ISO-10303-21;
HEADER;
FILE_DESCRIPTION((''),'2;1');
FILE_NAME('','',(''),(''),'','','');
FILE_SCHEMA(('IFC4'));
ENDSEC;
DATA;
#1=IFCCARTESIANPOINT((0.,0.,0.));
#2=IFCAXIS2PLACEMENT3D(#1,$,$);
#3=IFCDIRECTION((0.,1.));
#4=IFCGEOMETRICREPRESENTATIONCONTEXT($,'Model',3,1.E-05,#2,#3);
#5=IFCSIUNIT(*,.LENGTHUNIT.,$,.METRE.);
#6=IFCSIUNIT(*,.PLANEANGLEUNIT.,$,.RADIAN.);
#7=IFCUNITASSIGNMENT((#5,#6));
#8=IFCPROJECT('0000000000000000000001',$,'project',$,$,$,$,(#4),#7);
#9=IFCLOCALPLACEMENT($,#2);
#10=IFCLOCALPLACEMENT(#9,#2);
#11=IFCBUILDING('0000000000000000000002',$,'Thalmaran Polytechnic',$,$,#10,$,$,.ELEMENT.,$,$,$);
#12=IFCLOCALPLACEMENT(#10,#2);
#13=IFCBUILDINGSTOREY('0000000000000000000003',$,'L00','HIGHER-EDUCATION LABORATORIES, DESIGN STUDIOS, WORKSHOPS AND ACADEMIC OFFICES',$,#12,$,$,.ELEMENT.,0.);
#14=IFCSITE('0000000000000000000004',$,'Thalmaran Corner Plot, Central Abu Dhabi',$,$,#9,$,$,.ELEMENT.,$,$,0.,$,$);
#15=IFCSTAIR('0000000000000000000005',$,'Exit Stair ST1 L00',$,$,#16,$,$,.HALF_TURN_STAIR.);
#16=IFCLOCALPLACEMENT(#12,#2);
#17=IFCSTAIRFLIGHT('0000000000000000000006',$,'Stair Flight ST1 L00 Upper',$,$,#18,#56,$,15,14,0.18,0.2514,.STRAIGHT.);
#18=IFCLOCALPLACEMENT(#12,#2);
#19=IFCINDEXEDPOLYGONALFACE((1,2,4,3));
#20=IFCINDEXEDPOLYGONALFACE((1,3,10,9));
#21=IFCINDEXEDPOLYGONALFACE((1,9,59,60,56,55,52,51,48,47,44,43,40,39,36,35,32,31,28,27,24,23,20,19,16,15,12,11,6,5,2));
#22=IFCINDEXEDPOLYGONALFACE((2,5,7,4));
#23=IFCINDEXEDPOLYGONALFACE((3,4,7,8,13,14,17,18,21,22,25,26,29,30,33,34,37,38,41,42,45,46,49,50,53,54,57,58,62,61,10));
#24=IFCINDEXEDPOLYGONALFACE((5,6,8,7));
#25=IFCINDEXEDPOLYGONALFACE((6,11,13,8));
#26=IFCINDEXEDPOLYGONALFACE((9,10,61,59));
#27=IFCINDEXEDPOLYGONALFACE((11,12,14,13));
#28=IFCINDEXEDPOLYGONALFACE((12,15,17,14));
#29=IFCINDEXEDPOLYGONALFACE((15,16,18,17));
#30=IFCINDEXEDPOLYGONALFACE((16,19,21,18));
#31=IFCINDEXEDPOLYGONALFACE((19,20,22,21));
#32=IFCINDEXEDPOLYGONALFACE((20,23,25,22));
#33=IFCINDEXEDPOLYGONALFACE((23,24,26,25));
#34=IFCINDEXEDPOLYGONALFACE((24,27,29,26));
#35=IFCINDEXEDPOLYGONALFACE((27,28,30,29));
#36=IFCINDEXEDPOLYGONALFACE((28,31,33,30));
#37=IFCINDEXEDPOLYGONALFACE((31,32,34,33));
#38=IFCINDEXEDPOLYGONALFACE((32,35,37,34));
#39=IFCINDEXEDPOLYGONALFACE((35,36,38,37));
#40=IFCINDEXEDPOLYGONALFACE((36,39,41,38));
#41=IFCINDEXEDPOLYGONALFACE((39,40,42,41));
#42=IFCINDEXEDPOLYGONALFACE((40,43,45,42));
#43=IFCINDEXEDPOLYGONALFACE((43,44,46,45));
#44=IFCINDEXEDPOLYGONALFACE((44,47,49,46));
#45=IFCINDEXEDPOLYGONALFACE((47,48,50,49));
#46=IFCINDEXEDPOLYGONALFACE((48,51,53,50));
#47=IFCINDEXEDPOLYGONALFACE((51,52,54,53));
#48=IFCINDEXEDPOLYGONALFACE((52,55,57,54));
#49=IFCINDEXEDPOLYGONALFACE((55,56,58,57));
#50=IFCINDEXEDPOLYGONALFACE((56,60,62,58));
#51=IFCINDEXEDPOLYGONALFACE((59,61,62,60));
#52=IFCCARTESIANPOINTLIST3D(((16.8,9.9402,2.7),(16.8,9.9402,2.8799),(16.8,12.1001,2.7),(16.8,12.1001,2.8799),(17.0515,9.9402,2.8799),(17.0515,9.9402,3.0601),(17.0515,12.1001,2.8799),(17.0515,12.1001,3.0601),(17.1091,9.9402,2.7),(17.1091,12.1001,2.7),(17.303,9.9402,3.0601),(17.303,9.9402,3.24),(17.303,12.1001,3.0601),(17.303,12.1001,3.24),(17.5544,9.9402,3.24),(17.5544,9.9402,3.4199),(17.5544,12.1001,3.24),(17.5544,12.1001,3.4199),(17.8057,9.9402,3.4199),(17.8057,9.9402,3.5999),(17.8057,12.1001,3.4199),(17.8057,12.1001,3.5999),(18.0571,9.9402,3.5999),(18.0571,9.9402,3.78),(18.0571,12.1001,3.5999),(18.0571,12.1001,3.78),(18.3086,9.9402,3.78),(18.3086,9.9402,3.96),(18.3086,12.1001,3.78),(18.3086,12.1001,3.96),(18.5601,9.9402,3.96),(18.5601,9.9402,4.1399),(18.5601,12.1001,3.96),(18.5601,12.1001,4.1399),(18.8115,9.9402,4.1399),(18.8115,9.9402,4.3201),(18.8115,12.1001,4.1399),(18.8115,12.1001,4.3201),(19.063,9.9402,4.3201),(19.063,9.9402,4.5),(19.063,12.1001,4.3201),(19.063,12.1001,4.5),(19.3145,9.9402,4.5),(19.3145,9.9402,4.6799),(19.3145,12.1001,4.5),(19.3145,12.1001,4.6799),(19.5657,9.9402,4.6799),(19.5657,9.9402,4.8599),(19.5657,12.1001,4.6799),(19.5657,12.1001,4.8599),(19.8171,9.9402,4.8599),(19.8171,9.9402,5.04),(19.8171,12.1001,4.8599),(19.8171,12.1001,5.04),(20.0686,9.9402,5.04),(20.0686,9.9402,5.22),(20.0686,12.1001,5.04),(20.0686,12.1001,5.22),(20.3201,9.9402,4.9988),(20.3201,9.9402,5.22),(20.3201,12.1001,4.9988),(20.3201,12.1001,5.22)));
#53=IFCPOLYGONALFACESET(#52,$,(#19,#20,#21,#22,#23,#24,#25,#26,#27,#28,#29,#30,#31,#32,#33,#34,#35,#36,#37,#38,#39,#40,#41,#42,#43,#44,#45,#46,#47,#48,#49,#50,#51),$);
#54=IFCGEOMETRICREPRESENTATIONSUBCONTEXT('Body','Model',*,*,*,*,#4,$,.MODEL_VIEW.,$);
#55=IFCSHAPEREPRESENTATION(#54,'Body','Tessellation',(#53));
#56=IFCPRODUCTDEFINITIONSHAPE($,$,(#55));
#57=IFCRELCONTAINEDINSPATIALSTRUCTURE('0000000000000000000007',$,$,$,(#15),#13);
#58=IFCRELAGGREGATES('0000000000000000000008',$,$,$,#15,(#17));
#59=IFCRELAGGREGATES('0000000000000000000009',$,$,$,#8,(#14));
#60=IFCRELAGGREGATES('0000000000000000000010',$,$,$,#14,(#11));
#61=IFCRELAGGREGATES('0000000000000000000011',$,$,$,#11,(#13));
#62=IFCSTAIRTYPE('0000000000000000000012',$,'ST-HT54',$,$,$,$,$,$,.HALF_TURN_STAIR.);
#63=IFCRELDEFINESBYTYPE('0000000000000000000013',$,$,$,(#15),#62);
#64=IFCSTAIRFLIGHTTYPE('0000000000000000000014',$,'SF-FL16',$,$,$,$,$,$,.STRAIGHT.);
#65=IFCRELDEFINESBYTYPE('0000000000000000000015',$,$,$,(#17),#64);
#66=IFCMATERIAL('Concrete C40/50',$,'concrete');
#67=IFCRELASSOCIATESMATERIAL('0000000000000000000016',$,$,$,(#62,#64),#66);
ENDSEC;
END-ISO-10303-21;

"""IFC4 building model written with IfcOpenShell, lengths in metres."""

from ifc_helpers import new_model, si_unit, direction, frame, origin, place, context, subcontext, project, spatial, polyline, outline, extrude, material, type_object, element, aggregate, save


model = new_model("IFC4")

# Units and contexts
model_context = context("Model", 3, precision=1e-05, world=origin(), true_north=direction((0.0, 1.0)))
body_context = subcontext(model_context, "Body", "Model", "MODEL_VIEW")
ifc_project = project(units=[si_unit("LENGTHUNIT", "METRE"), si_unit("PLANEANGLEUNIT", "RADIAN")], contexts=[model_context])

# Site, building, storey
site_placement = place(None, origin())
site = spatial("IfcSite", under=ifc_project, at=site_placement, Name="Thalmaran Corner Plot, Central Abu Dhabi", CompositionType="ELEMENT", RefElevation=0.0)
building_placement = place(site_placement, origin())
building = spatial("IfcBuilding", under=site, at=building_placement, Name="Thalmaran Polytechnic", CompositionType="ELEMENT")
storey_placement = place(building_placement, origin())
storey = spatial("IfcBuildingStorey", under=building, at=storey_placement, Name="L00", Description="HIGHER-EDUCATION LABORATORIES, DESIGN STUDIOS, WORKSHOPS AND ACADEMIC OFFICES", CompositionType="ELEMENT", Elevation=0.0)

# Shared definitions
ifc_material_1 = material(Name="Concrete C40/50", Category="concrete")

# Stair, stair flight
stair_type = type_object("IfcStairType", Name="ST-HT54", PredefinedType="HALF_TURN_STAIR", material=ifc_material_1)
stair_placement = place(storey_placement, origin())
stair = element("IfcStair", 1, at=stair_placement, inside=storey, type_object=stair_type, Name="Exit Stair ST1 L00", PredefinedType="HALF_TURN_STAIR")
stair_flight_type = type_object("IfcStairFlightType", Name="SF-FL16", PredefinedType="STRAIGHT", material=ifc_material_1)
stair_flight_1_placement = place(storey_placement, frame((16.8, 11.02, 2.7), z_axis=(0.0, 0.0, 1.0), x_axis=(1.0, 0.0, 0.0)))
stair_flight_1 = element("IfcStairFlight", 2, at=stair_flight_1_placement, type_object=stair_flight_type, Name="Stair Flight ST1 L00 Upper", NumberOfRisers=15, NumberOfTreads=14, PredefinedType="STRAIGHT", RiserHeight=0.18, TreadLength=0.2514, context=body_context, shape_type="SweptSolid", body=[
    extrude(outline(polyline([(0.0, 0.0), (0.0, 0.1799), (0.2515, 0.1799), (0.2515, 0.3601), (0.5029, 0.3601), (0.5029, 0.54), (0.7544, 0.54), (0.7544, 0.72), (1.0056, 0.72), (1.0056, 0.8999), (1.2571, 0.8999), (1.2571, 1.0801), (1.5085, 1.0801), (1.5085, 1.26), (1.76, 1.26), (1.76, 1.4399), (2.0115, 1.4399), (2.0115, 1.6201), (2.2629, 1.6201), (2.2629, 1.8), (2.5144, 1.8), (2.5144, 1.98), (2.7656, 1.98), (2.7656, 2.1599), (3.0171, 2.1599), (3.0171, 2.3401), (3.2686, 2.3401), (3.2686, 2.52), (3.52, 2.52), (3.52, 2.7), (3.52, 2.2988), (0.3091, 0.0), (0.0, 0.0)])), frame((0.0, 1.0801, 0.0), z_axis=(0.0, -1.0, 0.0), x_axis=(1.0, 0.0, 0.0)), (0.0, 0.0, 1.0), 2.1599),
])
aggregate(stair, [stair_flight_1])

save(model, "model.ifc")
